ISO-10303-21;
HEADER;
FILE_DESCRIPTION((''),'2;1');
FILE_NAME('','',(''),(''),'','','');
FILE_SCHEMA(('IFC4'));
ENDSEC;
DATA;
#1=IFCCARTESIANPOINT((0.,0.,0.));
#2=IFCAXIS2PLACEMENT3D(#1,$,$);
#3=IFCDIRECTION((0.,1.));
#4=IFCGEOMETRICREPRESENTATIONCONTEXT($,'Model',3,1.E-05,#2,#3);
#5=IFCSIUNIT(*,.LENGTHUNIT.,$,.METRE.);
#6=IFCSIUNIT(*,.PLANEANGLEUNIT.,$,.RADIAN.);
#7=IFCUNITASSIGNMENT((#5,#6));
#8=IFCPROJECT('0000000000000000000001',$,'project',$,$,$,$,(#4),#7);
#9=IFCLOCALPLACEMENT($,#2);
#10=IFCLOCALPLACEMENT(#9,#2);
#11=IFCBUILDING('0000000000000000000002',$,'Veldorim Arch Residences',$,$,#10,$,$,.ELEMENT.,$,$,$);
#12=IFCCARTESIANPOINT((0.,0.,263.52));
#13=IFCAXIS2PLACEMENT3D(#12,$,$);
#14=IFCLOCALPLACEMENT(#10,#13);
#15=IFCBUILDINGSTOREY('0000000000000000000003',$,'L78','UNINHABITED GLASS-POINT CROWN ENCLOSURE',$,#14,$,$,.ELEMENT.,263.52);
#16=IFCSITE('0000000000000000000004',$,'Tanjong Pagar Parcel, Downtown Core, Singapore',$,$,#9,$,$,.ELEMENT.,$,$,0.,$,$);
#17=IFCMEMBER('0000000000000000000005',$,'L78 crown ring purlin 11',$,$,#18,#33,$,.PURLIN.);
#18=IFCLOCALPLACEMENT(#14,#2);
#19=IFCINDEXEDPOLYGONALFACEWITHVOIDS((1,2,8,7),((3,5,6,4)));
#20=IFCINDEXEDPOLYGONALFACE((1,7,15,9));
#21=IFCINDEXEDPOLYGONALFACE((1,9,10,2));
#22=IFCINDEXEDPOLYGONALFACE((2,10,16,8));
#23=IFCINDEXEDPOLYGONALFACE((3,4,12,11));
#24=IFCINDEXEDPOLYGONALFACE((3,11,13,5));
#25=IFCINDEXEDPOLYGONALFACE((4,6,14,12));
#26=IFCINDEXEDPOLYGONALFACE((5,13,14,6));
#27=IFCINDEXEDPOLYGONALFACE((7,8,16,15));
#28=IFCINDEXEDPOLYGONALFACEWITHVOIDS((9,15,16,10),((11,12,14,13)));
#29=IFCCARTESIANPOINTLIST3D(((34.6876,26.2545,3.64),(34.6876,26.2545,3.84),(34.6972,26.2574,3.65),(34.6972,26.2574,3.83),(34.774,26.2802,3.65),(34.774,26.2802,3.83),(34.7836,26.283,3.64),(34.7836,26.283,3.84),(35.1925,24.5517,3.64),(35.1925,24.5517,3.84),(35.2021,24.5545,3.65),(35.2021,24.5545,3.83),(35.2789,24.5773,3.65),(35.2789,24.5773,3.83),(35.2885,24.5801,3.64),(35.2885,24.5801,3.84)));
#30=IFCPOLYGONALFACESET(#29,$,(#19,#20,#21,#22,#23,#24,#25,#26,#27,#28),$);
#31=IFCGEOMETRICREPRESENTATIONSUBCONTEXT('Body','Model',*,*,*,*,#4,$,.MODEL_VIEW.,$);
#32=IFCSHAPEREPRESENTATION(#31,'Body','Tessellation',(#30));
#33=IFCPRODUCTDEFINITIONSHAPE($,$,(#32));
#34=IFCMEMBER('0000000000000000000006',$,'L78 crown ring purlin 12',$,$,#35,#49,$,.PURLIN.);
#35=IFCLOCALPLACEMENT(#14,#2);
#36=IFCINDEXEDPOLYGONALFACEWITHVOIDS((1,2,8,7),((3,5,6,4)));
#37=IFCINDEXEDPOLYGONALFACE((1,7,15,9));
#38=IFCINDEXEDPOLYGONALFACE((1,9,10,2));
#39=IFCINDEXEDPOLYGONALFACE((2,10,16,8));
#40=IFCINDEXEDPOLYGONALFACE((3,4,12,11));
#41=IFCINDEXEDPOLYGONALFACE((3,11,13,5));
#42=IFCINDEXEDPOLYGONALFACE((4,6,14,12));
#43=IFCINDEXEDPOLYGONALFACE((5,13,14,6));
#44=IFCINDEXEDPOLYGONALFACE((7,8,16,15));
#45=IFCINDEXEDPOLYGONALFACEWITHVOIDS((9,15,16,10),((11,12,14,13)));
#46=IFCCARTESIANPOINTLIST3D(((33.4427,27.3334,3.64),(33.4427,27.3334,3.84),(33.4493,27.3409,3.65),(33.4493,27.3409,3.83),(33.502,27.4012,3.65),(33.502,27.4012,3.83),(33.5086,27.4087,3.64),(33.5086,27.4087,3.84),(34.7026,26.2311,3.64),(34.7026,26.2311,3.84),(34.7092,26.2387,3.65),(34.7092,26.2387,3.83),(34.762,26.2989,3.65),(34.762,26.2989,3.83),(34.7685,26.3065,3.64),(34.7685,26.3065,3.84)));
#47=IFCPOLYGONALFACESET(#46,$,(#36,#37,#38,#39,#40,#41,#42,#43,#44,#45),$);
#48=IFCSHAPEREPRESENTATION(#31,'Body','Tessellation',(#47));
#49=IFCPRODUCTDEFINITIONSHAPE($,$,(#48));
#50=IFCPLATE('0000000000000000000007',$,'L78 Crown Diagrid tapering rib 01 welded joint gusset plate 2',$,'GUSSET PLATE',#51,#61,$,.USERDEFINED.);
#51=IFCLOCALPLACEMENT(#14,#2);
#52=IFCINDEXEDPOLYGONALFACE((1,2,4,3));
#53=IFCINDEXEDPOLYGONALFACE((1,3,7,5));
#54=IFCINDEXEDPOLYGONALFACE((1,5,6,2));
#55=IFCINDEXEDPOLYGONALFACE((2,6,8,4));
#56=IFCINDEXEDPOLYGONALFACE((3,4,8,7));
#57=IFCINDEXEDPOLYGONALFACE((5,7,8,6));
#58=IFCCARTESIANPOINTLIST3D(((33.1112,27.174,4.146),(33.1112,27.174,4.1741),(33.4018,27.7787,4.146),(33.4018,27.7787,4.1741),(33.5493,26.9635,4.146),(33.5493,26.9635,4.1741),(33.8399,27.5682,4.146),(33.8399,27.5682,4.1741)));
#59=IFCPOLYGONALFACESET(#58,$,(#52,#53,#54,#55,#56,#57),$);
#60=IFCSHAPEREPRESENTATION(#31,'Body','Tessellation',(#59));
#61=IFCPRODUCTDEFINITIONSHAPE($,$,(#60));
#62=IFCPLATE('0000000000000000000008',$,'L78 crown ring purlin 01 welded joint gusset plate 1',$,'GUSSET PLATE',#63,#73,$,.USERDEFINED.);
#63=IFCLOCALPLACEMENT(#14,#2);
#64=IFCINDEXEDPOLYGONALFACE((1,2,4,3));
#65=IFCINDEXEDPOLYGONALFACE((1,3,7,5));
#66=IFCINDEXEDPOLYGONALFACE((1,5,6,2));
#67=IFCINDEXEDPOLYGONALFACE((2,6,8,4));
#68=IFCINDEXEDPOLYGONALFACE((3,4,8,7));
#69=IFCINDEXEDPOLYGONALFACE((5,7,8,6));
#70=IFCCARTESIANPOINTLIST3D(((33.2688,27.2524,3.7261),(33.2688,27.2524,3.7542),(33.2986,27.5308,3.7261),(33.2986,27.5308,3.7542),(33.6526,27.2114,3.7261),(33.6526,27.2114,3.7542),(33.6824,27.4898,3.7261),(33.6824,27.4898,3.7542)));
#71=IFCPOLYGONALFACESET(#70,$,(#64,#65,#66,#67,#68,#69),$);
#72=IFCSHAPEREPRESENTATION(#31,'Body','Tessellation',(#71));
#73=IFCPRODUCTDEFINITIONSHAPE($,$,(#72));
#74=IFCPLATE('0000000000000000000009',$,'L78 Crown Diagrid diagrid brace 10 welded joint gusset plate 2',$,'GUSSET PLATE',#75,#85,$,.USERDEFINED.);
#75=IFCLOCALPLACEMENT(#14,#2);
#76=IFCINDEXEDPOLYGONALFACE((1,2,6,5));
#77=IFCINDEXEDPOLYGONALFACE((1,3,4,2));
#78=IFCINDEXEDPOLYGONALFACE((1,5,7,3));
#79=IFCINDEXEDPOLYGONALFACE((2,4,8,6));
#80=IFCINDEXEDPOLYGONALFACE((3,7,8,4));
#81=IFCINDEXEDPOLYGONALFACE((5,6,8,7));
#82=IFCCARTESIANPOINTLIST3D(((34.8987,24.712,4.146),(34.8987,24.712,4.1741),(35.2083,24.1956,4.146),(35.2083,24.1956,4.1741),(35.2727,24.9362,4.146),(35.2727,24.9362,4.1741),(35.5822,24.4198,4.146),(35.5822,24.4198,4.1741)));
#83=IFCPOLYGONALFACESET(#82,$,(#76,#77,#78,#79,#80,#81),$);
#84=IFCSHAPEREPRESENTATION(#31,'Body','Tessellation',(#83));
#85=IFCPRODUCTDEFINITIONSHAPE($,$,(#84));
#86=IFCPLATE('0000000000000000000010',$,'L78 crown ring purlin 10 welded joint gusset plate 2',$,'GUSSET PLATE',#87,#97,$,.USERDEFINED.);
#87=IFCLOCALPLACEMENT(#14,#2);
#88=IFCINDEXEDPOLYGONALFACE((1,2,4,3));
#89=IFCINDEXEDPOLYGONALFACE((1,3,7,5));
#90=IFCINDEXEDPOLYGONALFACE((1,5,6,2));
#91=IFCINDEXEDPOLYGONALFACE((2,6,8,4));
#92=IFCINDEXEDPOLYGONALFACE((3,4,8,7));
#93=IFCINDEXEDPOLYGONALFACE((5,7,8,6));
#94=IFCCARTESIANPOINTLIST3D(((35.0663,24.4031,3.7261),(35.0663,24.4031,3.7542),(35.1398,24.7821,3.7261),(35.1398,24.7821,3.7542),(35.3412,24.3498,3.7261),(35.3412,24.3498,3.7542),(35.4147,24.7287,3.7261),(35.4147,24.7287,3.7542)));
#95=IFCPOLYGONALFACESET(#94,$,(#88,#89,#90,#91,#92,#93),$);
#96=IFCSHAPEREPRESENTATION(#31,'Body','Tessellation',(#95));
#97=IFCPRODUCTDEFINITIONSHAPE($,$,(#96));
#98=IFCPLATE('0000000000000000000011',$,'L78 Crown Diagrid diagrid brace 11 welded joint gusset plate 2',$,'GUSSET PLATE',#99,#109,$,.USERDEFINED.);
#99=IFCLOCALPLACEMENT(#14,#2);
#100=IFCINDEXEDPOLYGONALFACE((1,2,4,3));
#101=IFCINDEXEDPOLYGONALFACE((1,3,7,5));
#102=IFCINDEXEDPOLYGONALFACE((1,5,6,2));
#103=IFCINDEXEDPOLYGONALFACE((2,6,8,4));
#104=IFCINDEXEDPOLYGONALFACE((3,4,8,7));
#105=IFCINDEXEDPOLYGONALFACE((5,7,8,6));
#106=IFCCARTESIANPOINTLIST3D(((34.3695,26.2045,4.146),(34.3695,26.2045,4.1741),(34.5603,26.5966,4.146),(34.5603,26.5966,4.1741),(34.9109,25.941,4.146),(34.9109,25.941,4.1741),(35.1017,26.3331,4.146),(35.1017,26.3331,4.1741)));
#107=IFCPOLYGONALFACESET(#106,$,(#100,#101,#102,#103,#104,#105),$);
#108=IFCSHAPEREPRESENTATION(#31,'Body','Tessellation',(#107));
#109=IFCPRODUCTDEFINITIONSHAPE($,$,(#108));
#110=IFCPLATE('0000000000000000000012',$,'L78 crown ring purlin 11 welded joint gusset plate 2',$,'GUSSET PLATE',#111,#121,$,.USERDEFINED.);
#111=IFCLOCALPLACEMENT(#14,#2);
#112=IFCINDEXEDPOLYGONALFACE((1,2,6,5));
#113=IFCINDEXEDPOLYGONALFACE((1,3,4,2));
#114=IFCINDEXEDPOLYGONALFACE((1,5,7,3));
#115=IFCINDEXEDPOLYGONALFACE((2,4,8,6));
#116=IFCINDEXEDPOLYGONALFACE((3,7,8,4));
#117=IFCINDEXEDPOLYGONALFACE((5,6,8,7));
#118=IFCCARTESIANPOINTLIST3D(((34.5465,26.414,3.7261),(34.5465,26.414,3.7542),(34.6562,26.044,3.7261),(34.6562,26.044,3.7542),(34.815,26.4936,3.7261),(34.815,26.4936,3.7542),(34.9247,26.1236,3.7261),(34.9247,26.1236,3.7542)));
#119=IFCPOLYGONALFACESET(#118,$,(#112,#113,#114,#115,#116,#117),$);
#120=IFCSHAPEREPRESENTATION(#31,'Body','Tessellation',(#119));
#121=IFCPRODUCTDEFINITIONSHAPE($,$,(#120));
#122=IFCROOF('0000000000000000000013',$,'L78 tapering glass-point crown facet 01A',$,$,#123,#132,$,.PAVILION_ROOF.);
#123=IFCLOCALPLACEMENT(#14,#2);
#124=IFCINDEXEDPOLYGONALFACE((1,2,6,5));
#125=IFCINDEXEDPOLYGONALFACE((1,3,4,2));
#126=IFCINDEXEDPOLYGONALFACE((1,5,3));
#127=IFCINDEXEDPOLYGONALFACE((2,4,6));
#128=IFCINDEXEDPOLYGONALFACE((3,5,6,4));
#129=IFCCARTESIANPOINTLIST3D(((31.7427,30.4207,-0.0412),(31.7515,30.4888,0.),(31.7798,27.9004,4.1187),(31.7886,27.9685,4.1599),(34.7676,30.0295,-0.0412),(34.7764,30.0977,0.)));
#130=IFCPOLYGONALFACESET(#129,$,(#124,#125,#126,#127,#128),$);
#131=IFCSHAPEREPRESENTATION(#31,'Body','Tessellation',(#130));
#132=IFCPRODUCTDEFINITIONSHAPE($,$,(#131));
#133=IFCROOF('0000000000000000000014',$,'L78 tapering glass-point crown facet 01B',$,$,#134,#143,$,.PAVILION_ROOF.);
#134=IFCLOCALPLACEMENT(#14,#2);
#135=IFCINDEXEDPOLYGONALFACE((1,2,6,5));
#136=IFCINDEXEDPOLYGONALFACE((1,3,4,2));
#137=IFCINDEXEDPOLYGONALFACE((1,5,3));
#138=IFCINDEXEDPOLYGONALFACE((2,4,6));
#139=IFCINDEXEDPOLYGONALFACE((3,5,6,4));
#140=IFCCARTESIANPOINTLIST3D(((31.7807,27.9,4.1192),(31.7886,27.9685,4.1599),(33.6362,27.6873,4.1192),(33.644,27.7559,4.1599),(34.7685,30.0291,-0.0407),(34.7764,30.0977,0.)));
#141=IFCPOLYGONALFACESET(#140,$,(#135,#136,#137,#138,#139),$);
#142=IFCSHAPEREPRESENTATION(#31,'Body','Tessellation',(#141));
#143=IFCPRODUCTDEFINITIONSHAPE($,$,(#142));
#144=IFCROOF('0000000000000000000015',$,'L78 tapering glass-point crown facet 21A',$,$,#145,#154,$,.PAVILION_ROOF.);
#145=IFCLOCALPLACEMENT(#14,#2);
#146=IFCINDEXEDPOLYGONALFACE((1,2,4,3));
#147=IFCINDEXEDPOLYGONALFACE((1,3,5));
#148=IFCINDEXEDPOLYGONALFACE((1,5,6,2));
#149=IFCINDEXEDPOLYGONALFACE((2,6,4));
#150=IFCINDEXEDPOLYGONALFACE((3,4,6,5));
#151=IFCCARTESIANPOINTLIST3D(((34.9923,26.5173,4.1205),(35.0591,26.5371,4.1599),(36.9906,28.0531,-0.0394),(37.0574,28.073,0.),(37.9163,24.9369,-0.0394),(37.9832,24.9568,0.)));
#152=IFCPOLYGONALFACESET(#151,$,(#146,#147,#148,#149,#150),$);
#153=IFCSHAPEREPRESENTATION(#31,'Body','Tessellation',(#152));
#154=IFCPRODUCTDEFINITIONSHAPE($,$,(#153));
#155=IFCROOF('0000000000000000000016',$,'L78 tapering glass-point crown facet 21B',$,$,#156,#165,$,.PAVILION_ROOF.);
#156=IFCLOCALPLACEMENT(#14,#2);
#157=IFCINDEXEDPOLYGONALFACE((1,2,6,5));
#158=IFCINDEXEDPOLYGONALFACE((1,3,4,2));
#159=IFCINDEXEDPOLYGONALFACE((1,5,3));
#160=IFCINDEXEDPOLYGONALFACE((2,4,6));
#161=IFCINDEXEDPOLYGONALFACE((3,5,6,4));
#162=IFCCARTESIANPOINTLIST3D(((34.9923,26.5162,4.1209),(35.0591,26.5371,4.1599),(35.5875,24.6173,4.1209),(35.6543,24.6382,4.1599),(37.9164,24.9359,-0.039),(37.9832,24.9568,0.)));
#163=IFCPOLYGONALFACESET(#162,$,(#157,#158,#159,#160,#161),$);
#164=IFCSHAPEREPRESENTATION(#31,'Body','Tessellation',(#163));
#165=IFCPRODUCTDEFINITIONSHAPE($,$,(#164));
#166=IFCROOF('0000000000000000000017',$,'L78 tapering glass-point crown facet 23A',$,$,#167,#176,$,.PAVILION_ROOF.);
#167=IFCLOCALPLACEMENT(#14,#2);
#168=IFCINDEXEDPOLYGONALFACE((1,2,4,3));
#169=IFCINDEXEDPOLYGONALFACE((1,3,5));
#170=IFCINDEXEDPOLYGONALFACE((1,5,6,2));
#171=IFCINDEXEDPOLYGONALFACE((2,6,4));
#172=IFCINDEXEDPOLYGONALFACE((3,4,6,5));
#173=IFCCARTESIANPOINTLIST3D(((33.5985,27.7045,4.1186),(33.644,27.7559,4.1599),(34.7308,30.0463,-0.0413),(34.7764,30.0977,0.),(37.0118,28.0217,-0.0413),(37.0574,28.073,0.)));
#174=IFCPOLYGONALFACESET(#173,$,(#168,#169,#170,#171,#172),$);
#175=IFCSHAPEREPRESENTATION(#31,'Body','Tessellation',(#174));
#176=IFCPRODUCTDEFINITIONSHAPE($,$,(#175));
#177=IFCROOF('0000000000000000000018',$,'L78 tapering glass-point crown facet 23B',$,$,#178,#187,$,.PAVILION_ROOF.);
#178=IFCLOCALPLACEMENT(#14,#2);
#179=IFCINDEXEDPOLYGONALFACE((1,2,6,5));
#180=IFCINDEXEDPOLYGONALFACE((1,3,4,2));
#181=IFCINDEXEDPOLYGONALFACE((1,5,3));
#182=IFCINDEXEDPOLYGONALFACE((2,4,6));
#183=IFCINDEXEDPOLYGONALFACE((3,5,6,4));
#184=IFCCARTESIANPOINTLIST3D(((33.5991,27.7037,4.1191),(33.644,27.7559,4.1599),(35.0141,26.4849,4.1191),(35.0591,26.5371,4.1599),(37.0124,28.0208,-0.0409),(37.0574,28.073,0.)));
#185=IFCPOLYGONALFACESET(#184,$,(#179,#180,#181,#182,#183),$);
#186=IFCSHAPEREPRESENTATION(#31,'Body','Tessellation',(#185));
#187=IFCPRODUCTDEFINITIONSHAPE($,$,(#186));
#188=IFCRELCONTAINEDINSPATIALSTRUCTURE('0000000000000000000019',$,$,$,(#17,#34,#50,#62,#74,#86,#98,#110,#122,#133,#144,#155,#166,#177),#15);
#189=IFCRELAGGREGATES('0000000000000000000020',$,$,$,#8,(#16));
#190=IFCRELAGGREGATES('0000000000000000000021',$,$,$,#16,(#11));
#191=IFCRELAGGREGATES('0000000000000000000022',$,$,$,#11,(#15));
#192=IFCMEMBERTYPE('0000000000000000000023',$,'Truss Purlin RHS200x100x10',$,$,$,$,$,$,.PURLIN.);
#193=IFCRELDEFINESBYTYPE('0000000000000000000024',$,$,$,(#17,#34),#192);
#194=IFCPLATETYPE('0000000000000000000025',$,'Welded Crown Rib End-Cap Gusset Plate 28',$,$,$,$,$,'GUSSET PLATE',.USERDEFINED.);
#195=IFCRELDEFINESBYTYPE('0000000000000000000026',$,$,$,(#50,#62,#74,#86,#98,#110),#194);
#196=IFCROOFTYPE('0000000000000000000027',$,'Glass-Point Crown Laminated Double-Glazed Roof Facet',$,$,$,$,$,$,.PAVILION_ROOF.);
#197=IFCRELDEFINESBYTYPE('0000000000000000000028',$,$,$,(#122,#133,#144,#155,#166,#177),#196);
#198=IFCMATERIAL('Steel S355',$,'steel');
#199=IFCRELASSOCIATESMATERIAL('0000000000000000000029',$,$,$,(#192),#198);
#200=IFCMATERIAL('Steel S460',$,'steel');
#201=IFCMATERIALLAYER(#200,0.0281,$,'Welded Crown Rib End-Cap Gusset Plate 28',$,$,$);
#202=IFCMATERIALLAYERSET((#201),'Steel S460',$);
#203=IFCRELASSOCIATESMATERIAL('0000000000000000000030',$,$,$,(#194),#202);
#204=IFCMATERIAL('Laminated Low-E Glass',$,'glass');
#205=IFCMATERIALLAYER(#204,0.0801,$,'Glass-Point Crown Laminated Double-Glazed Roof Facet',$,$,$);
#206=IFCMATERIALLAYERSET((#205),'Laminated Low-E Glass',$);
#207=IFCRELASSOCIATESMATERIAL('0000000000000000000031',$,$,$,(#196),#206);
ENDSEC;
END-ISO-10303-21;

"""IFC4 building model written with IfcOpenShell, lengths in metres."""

from ifc_helpers import new_model, si_unit, direction, frame, origin, origin_2d, place, context, subcontext, project, spatial, polyline, rectangle, hollow_rectangle, outline, extrude, material, layer, layer_set, material_profile, profile_set, type_object, element, save


model = new_model("IFC4")

# Units and contexts
model_context = context("Model", 3, precision=1e-05, world=origin(), true_north=direction((0.0, 1.0)))
body_context = subcontext(model_context, "Body", "Model", "MODEL_VIEW")
ifc_project = project(units=[si_unit("LENGTHUNIT", "METRE"), si_unit("PLANEANGLEUNIT", "RADIAN")], contexts=[model_context])

# Site, building, storey
site_placement = place(None, origin())
site = spatial("IfcSite", under=ifc_project, at=site_placement, Name="Tanjong Pagar Parcel, Downtown Core, Singapore", CompositionType="ELEMENT", RefElevation=0.0)
building_placement = place(site_placement, origin())
building = spatial("IfcBuilding", under=site, at=building_placement, Name="Veldorim Arch Residences", CompositionType="ELEMENT")
storey_placement = place(building_placement, frame((0.0, 0.0, 263.52)))
storey = spatial("IfcBuildingStorey", under=building, at=storey_placement, Name="L78", Description="UNINHABITED GLASS-POINT CROWN ENCLOSURE", CompositionType="ELEMENT", Elevation=263.52)

# Members
ifc_material_1 = material(Name="Steel S355", Category="steel")
ifc_material_profile_1 = material_profile(ifc_material_1, hollow_rectangle(XDim=0.1001, YDim=0.2, WallThickness=0.01, at=origin_2d()), Name="RHS200x100x10")
ifc_profile_set_1 = profile_set([ifc_material_profile_1], Name="Steel S355")
member_type_1 = type_object("IfcMemberType", Name="Truss Purlin RHS200x100x10", PredefinedType="PURLIN", material=ifc_profile_set_1)
member_1_placement = place(storey_placement, frame((35.2405, 24.5659, 3.74), z_axis=(-0.284257, 0.958748, 0.0), x_axis=(-0.958748, -0.284257, 0.0)))
element("IfcMember", 1, at=member_1_placement, inside=storey, type_object=member_type_1, Name="L78 crown ring purlin 11", PredefinedType="PURLIN", context=body_context, shape_type="SweptSolid", body=[
    extrude(hollow_rectangle(XDim=0.1001, YDim=0.2, WallThickness=0.01, at=origin_2d()), origin(), (0.0, 0.0, 1.0), 1.7761),
])
member_2_placement = place(storey_placement, frame((34.7356, 26.2688, 3.74), z_axis=(-0.75264, 0.658432, 0.0), x_axis=(-0.658432, -0.75264, 0.0)))
element("IfcMember", 2, at=member_2_placement, inside=storey, type_object=member_type_1, Name="L78 crown ring purlin 12", PredefinedType="PURLIN", context=body_context, shape_type="SweptSolid", body=[
    extrude(hollow_rectangle(XDim=0.1001, YDim=0.2, WallThickness=0.01, at=origin_2d()), origin(), (0.0, 0.0, 1.0), 1.6741),
])

# Plates
ifc_material_2 = material(Name="Steel S460", Category="steel")
ifc_layer_1 = layer(ifc_material_2, 0.0281, Name="Welded Crown Rib End-Cap Gusset Plate 28")
ifc_layer_set_1 = layer_set([ifc_layer_1], Name="Steel S460")
plate_type = type_object("IfcPlateType", Name="Welded Crown Rib End-Cap Gusset Plate 28", ElementType="GUSSET PLATE", PredefinedType="USERDEFINED", material=ifc_layer_set_1)
plate_1_placement = place(storey_placement, frame((33.4756, 27.3711, 4.146), z_axis=(0.0, 0.0, 1.0), x_axis=(-0.43314, -0.901327, 0.0)))
element("IfcPlate", 3, at=plate_1_placement, inside=storey, type_object=plate_type, Name="L78 Crown Diagrid tapering rib 01 welded joint gusset plate 2", ObjectType="GUSSET PLATE", PredefinedType="USERDEFINED", context=body_context, shape_type="SweptSolid", body=[
    extrude(rectangle(XDim=0.6709, YDim=0.4861, at=origin_2d()), origin(), (0.0, 0.0, 1.0), 0.0281),
])
plate_2_placement = place(storey_placement, frame((33.4756, 27.3711, 3.7261), z_axis=(0.0, 0.0, 1.0), x_axis=(-0.994332, 0.106316, 0.0)))
element("IfcPlate", 4, at=plate_2_placement, inside=storey, type_object=plate_type, Name="L78 crown ring purlin 01 welded joint gusset plate 1", ObjectType="GUSSET PLATE", PredefinedType="USERDEFINED", context=body_context, shape_type="SweptSolid", body=[
    extrude(rectangle(XDim=0.386, YDim=0.28, at=origin_2d()), origin(), (0.0, 0.0, 1.0), 0.0281),
])
plate_3_placement = place(storey_placement, frame((35.2405, 24.5659, 4.146), z_axis=(0.0, 0.0, 1.0), x_axis=(-0.514155, 0.857697, 0.0)))
element("IfcPlate", 5, at=plate_3_placement, inside=storey, type_object=plate_type, Name="L78 Crown Diagrid diagrid brace 10 welded joint gusset plate 2", ObjectType="GUSSET PLATE", PredefinedType="USERDEFINED", context=body_context, shape_type="SweptSolid", body=[
    extrude(rectangle(XDim=0.6021, YDim=0.436, at=origin_2d()), origin(), (0.0, 0.0, 1.0), 0.0281),
])
plate_4_placement = place(storey_placement, frame((35.2405, 24.5659, 3.7261), z_axis=(0.0, 0.0, 1.0), x_axis=(0.190535, 0.98168, 0.0)))
element("IfcPlate", 6, at=plate_4_placement, inside=storey, type_object=plate_type, Name="L78 crown ring purlin 10 welded joint gusset plate 2", ObjectType="GUSSET PLATE", PredefinedType="USERDEFINED", context=body_context, shape_type="SweptSolid", body=[
    extrude(rectangle(XDim=0.386, YDim=0.28, at=origin_2d()), origin(), (0.0, 0.0, 1.0), 0.0281),
])
plate_5_placement = place(storey_placement, frame((34.7356, 26.2688, 4.146), z_axis=(0.0, 0.0, 1.0), x_axis=(-0.899184, 0.437571, 0.0)))
element("IfcPlate", 7, at=plate_5_placement, inside=storey, type_object=plate_type, Name="L78 Crown Diagrid diagrid brace 11 welded joint gusset plate 2", ObjectType="GUSSET PLATE", PredefinedType="USERDEFINED", context=body_context, shape_type="SweptSolid", body=[
    extrude(rectangle(XDim=0.6021, YDim=0.436, at=origin_2d()), origin(), (0.0, 0.0, 1.0), 0.0281),
])
plate_6_placement = place(storey_placement, frame((34.7356, 26.2688, 3.7261), z_axis=(0.0, 0.0, 1.0), x_axis=(-0.28425, 0.95875, 0.0)))
element("IfcPlate", 8, at=plate_6_placement, inside=storey, type_object=plate_type, Name="L78 crown ring purlin 11 welded joint gusset plate 2", ObjectType="GUSSET PLATE", PredefinedType="USERDEFINED", context=body_context, shape_type="SweptSolid", body=[
    extrude(rectangle(XDim=0.386, YDim=0.28, at=origin_2d()), origin(), (0.0, 0.0, 1.0), 0.0281),
])

# Roofs
ifc_material_3 = material(Name="Laminated Low-E Glass", Category="glass")
ifc_layer_2 = layer(ifc_material_3, 0.0801, Name="Glass-Point Crown Laminated Double-Glazed Roof Facet")
ifc_layer_set_2 = layer_set([ifc_layer_2], Name="Laminated Low-E Glass")
roof_type = type_object("IfcRoofType", Name="Glass-Point Crown Laminated Double-Glazed Roof Facet", PredefinedType="PAVILION_ROOF", material=ifc_layer_set_2)
roof_1_placement = place(storey_placement, frame((34.7764, 30.0977, 0.0), z_axis=(0.109971, 0.850526, 0.514306), x_axis=(-0.991744, 0.12823, 0.0)))
element("IfcRoof", 9, at=roof_1_placement, inside=storey, type_object=roof_type, Name="L78 tapering glass-point crown facet 01A", PredefinedType="PAVILION_ROOF", context=body_context, shape_type="SweptSolid", body=[
    extrude(outline(polyline([(0.0, 0.0), (3.0501, 0.0), (2.6901, 4.8506), (0.0, 0.0)])), origin(), (0.0, 0.0, -1.0), 0.0801),
])
roof_2_placement = place(storey_placement, frame((34.7764, 30.0977, 0.0), z_axis=(0.098052, 0.855565, 0.508325), x_axis=(-0.538669, -0.383864, 0.74999)))
element("IfcRoof", 10, at=roof_2_placement, inside=storey, type_object=roof_type, Name="L78 tapering glass-point crown facet 01B", PredefinedType="PAVILION_ROOF", context=body_context, shape_type="SweptSolid", body=[
    extrude(outline(polyline([(0.0, 0.0), (5.5466, 0.0), (4.6288, 1.6265), (0.0, 0.0)])), origin(), (0.0, 0.0, -1.0), 0.0801),
])
roof_3_placement = place(storey_placement, frame((37.9832, 24.9568, 0.0), z_axis=(0.834369, 0.247879, 0.492325), x_axis=(-0.284784, 0.958592, 0.0)))
element("IfcRoof", 11, at=roof_3_placement, inside=storey, type_object=roof_type, Name="L78 tapering glass-point crown facet 21A", PredefinedType="PAVILION_ROOF", context=body_context, shape_type="SweptSolid", body=[
    extrude(outline(polyline([(0.0, 0.0), (3.2508, 0.0), (2.3476, 4.7792), (0.0, 0.0)])), origin(), (0.0, 0.0, -1.0), 0.0801),
])
roof_4_placement = place(storey_placement, frame((37.9832, 24.9568, 0.0), z_axis=(0.833588, 0.261287, 0.486682), x_axis=(-0.549152, 0.296791, 0.781247)))
element("IfcRoof", 12, at=roof_4_placement, inside=storey, type_object=roof_type, Name="L78 tapering glass-point crown facet 21B", PredefinedType="PAVILION_ROOF", context=body_context, shape_type="SweptSolid", body=[
    extrude(outline(polyline([(0.0, 0.0), (5.3247, 0.0), (4.4343, 1.7797), (0.0, 0.0)])), origin(), (0.0, 0.0, -1.0), 0.0801),
])
roof_5_placement = place(storey_placement, frame((37.0574, 28.073, 0.0), z_axis=(0.568802, 0.640819, 0.515573), x_axis=(-0.747882, 0.663832, 0.0)))
element("IfcRoof", 13, at=roof_5_placement, inside=storey, type_object=roof_type, Name="L78 tapering glass-point crown facet 23A", PredefinedType="PAVILION_ROOF", context=body_context, shape_type="SweptSolid", body=[
    extrude(outline(polyline([(0.0, 0.0), (3.05, 0.0), (2.3422, 4.8549), (0.0, 0.0)])), origin(), (0.0, 0.0, -1.0), 0.0801),
])
roof_6_placement = place(storey_placement, frame((37.0574, 28.073, 0.0), z_axis=(0.561265, 0.651661, 0.510215), x_axis=(-0.633225, -0.058834, 0.771728)))
element("IfcRoof", 14, at=roof_6_placement, inside=storey, type_object=roof_type, Name="L78 tapering glass-point crown facet 23B", PredefinedType="PAVILION_ROOF", context=body_context, shape_type="SweptSolid", body=[
    extrude(outline(polyline([(0.0, 0.0), (5.3904, 0.0), (4.5661, 1.6758), (0.0, 0.0)])), origin(), (0.0, 0.0, -1.0), 0.0801),
])

save(model, "model.ifc")
